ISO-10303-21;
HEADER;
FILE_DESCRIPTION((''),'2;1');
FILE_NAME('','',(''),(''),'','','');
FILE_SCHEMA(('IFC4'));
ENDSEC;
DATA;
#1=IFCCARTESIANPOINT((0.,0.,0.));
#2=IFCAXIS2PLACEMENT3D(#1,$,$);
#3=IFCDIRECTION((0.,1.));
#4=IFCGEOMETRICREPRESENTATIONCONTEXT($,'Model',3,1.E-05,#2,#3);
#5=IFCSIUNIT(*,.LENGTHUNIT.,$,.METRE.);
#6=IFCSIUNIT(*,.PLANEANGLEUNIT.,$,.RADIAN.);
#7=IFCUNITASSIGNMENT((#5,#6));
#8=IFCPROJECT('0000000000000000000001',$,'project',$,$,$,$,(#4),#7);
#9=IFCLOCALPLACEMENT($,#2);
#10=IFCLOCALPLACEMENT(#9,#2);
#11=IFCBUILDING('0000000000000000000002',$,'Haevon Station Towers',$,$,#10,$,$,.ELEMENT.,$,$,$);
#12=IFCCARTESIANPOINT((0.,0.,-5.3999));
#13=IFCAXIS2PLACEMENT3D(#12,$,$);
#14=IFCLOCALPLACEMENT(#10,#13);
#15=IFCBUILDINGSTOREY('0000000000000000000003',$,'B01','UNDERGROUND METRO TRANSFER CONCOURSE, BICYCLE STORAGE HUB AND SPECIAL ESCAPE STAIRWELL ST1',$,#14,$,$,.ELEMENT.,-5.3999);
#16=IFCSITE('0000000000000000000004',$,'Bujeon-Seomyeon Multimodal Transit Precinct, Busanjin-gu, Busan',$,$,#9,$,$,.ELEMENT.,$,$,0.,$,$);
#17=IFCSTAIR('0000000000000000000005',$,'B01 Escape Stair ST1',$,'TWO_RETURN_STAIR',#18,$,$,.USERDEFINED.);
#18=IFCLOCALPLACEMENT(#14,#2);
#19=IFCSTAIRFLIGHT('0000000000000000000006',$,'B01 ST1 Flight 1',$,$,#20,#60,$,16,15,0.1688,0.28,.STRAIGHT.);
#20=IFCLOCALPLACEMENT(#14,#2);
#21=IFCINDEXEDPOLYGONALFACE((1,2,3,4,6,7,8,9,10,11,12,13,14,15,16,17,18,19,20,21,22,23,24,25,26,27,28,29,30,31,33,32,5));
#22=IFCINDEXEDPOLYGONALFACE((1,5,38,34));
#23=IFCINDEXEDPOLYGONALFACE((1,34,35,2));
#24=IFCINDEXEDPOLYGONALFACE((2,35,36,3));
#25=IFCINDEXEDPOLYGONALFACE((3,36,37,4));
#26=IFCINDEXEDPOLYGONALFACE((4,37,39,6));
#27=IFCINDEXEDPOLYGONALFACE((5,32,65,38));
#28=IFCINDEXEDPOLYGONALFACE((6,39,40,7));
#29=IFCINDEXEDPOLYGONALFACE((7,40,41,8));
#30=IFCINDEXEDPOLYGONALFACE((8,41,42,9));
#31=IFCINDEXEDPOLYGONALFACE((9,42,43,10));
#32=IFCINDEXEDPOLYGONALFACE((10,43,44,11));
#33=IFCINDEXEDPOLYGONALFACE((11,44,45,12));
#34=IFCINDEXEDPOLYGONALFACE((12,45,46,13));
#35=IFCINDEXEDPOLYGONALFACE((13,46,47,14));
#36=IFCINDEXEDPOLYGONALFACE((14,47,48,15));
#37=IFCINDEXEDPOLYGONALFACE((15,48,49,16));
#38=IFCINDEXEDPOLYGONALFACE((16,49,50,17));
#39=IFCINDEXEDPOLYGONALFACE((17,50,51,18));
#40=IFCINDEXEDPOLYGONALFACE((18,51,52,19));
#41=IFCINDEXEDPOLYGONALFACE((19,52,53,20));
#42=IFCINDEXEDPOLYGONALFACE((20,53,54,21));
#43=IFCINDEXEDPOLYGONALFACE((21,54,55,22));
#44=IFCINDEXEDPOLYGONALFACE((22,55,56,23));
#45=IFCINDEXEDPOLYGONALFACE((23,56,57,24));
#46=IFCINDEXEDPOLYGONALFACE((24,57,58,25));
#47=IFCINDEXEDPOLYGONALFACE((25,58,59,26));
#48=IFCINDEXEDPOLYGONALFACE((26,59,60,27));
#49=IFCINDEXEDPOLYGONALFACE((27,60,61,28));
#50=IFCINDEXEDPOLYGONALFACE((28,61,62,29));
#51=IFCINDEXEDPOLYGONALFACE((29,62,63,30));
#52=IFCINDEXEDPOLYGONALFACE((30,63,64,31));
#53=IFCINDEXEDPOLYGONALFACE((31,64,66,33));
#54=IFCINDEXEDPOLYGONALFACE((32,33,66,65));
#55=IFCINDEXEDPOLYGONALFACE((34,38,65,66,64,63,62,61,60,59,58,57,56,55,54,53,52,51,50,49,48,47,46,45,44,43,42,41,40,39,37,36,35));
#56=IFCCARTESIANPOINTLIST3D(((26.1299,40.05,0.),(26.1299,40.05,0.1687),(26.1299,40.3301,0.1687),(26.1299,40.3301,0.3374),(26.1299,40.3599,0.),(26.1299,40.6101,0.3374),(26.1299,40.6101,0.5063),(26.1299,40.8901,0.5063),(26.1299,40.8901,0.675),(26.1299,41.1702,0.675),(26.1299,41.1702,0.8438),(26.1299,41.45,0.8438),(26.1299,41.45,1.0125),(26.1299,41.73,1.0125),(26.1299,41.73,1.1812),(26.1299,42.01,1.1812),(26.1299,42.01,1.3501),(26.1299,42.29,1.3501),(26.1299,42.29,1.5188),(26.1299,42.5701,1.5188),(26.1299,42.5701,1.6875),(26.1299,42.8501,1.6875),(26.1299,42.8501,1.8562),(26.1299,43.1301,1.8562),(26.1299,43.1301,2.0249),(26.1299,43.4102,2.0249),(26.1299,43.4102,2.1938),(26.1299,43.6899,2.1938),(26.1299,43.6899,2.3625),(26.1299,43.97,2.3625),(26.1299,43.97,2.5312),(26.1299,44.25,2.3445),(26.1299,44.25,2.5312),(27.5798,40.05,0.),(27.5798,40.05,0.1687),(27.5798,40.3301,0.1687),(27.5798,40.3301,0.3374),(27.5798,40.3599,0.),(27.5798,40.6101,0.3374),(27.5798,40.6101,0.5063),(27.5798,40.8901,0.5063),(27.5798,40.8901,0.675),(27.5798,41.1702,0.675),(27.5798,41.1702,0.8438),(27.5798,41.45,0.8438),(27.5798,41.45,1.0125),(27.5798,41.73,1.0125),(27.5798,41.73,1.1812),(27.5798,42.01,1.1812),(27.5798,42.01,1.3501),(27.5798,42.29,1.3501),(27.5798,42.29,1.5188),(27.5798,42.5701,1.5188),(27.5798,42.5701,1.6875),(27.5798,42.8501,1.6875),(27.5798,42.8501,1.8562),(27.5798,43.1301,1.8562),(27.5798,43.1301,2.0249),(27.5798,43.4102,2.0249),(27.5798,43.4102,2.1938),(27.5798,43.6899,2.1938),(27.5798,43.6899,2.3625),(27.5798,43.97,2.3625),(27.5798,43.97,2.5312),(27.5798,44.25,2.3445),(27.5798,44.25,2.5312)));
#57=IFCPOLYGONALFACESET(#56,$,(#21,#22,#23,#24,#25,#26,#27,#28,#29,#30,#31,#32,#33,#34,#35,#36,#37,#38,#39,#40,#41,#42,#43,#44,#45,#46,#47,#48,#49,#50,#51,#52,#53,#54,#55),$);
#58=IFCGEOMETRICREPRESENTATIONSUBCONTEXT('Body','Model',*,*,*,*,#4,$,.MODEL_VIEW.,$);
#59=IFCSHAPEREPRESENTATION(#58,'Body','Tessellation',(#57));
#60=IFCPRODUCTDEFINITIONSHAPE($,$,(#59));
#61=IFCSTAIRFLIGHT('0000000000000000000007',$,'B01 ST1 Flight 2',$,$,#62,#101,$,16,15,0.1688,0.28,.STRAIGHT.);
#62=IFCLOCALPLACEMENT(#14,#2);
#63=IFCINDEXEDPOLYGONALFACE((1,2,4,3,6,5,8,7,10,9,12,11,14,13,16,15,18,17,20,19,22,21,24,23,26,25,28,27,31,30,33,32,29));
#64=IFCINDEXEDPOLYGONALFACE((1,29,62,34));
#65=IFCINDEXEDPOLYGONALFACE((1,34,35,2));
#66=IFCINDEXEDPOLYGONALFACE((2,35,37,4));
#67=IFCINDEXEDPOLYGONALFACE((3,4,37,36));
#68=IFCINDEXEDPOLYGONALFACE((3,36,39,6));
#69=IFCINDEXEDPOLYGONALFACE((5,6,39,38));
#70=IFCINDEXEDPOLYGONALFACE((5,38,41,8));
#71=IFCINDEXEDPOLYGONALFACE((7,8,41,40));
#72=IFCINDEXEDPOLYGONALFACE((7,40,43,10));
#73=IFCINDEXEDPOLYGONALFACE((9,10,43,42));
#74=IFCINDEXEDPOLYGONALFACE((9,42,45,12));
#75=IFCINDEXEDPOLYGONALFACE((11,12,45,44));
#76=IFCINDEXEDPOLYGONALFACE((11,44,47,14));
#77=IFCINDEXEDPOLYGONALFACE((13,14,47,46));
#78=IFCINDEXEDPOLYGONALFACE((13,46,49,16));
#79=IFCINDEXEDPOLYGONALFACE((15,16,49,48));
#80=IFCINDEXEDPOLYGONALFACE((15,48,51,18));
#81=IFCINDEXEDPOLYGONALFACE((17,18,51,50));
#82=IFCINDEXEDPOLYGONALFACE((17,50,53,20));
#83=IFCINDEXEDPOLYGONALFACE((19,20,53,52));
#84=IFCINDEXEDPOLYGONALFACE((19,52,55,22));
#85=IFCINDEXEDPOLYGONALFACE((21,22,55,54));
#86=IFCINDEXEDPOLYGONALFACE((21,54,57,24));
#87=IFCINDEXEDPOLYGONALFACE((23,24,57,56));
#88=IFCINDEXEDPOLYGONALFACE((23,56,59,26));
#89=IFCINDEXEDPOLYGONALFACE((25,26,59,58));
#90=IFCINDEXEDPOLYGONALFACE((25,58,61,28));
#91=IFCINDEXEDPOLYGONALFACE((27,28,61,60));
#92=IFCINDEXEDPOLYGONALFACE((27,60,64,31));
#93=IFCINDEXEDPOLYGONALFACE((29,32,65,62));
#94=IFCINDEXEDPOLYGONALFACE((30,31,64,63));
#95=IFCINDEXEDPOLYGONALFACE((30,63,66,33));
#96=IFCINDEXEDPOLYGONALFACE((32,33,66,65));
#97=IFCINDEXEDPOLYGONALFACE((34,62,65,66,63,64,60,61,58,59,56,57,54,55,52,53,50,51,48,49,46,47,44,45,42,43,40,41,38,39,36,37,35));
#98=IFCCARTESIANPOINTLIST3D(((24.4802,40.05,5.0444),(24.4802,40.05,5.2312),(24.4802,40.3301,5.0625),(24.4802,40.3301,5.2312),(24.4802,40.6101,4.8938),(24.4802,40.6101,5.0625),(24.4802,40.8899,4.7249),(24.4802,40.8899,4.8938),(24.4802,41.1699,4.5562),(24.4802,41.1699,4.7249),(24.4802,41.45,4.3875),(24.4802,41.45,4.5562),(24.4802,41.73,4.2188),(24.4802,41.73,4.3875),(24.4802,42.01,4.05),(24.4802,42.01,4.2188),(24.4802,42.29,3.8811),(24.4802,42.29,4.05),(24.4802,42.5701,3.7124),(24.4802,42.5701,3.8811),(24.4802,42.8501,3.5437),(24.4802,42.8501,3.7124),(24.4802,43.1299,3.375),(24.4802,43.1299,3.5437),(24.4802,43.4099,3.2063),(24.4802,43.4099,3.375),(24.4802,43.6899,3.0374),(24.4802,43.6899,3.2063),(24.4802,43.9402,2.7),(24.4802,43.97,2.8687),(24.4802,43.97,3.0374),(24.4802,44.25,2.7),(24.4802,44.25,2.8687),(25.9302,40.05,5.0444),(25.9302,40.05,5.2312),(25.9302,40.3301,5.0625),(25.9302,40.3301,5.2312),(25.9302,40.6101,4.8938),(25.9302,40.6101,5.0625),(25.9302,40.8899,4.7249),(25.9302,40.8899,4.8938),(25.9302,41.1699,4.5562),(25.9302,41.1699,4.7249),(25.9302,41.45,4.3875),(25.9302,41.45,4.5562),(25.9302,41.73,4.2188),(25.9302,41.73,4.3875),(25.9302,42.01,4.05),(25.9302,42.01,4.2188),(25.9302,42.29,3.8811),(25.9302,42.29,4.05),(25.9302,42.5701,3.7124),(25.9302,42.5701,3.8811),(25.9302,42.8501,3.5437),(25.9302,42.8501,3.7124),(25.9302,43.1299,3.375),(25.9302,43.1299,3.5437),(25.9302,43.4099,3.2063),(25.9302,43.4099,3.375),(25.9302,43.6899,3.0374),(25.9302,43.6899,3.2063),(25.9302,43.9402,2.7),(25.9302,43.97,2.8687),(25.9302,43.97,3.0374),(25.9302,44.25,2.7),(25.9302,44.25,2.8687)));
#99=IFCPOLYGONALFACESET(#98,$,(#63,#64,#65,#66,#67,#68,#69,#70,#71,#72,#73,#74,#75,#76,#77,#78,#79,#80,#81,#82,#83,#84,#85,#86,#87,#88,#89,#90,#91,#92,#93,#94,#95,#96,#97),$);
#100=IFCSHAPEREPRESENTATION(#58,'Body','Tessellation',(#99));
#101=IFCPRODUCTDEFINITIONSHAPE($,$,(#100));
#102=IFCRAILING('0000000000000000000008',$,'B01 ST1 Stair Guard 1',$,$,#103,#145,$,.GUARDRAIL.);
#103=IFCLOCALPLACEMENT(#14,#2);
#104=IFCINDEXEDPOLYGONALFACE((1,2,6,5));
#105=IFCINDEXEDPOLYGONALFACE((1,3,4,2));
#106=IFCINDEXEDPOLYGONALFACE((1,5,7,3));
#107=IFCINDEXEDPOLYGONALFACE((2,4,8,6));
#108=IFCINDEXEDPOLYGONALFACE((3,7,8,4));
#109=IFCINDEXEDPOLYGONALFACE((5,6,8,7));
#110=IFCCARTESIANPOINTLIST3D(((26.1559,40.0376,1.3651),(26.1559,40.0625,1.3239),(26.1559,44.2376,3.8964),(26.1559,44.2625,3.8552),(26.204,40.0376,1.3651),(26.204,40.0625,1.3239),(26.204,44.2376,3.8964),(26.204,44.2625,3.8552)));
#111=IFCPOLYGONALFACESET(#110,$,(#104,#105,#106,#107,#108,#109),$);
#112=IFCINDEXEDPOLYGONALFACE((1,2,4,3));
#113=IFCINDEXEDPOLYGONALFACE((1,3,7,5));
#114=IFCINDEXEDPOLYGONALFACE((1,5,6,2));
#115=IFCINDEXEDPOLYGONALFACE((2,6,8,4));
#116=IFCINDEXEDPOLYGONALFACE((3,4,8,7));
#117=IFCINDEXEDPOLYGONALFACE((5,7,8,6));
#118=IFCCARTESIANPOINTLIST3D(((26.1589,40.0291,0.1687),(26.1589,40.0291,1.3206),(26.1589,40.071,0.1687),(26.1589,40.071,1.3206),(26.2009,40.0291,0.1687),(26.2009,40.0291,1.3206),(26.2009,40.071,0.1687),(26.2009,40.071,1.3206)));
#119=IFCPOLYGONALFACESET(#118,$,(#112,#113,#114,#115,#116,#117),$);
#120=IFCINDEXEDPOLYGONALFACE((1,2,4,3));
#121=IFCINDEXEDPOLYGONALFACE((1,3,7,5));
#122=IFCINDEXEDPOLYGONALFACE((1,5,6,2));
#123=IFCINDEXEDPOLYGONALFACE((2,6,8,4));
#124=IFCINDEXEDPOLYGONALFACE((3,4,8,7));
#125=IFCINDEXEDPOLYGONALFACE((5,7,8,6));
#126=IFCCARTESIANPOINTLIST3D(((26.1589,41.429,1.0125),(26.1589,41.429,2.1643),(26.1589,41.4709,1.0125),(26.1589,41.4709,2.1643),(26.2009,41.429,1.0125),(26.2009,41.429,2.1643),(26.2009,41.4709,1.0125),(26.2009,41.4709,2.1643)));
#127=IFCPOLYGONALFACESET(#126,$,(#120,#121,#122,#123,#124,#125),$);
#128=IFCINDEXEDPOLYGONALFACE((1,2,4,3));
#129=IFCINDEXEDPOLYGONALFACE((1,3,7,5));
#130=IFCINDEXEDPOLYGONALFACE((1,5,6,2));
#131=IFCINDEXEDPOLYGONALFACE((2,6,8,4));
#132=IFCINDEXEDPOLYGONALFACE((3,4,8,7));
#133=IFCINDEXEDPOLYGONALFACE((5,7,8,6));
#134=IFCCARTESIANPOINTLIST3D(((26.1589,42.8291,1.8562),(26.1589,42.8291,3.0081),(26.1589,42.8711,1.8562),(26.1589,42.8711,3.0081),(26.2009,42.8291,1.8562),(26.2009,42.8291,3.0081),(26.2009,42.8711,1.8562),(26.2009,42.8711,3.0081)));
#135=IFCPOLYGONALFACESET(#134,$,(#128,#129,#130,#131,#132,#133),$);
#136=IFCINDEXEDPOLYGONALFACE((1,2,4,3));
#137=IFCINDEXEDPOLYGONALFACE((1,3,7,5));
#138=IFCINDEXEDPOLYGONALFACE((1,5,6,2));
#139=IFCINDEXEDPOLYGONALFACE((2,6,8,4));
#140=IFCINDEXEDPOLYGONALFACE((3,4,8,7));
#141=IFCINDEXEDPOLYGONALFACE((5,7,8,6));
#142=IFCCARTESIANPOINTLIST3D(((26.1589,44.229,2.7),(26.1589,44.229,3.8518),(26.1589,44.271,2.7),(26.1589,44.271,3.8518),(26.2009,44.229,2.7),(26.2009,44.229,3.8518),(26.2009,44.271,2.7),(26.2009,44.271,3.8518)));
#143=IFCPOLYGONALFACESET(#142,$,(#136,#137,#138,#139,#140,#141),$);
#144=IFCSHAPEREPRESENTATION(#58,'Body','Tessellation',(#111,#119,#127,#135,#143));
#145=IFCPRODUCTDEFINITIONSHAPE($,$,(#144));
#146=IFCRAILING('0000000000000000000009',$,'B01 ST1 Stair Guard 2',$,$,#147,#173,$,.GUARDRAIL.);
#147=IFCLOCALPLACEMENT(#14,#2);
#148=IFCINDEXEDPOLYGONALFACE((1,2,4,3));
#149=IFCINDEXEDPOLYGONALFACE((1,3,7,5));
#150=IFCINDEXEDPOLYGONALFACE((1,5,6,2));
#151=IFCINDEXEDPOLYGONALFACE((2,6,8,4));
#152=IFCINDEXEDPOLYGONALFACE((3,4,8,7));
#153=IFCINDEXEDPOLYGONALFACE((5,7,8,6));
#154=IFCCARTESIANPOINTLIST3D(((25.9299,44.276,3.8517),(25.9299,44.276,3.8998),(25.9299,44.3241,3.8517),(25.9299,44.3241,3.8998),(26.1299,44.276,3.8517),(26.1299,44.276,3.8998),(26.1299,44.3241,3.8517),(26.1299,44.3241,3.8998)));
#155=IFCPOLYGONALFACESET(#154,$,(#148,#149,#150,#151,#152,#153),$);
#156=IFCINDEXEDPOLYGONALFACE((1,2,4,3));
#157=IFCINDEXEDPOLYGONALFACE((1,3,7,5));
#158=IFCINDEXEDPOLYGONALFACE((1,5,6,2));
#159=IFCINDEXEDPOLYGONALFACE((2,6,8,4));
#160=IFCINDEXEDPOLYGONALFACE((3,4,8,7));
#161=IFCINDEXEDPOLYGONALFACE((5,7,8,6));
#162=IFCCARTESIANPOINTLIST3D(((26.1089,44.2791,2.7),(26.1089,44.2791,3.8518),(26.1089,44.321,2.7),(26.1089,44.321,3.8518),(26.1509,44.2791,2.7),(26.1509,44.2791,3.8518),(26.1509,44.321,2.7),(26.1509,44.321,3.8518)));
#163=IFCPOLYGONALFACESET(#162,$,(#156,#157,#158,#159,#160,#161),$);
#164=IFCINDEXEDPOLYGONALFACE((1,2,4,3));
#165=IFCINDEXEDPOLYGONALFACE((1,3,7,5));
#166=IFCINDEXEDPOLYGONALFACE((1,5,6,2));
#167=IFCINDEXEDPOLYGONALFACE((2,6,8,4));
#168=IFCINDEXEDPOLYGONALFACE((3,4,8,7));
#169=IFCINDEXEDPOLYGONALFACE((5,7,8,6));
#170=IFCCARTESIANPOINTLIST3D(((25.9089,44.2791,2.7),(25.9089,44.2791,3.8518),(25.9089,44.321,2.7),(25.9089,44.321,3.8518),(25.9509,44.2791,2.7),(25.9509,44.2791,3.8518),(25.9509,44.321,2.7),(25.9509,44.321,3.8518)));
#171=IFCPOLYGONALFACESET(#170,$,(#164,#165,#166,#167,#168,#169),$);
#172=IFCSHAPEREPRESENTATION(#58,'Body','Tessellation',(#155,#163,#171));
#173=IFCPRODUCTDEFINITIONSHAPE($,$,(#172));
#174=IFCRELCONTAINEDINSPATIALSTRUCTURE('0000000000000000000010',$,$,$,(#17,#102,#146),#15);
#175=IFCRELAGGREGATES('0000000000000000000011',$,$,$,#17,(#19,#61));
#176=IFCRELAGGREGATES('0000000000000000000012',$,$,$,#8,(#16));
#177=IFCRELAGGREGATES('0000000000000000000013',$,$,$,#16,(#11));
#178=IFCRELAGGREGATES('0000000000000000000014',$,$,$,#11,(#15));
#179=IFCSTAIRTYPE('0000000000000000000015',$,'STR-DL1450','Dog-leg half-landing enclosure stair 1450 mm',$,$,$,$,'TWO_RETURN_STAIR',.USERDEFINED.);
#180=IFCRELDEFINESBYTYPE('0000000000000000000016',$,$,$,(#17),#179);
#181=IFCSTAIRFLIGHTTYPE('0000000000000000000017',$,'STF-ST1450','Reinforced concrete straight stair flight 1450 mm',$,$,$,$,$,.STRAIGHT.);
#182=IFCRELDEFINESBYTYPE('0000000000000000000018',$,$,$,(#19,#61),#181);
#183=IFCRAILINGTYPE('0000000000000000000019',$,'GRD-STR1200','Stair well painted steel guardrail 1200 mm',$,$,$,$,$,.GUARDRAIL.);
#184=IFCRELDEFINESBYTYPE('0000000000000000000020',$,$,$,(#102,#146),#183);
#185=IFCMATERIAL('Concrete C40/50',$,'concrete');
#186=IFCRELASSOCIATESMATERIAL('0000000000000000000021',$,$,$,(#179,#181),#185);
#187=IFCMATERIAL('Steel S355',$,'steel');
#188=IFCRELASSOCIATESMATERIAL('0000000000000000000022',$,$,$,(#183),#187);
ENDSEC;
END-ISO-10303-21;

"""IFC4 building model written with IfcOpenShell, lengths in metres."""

from ifc_helpers import new_model, si_unit, direction, frame, origin, origin_2d, place, context, subcontext, project, spatial, polyline, rectangle, outline, extrude, material, type_object, element, aggregate, save


model = new_model("IFC4")

# Units and contexts
model_context = context("Model", 3, precision=1e-05, world=origin(), true_north=direction((0.0, 1.0)))
body_context = subcontext(model_context, "Body", "Model", "MODEL_VIEW")
ifc_project = project(units=[si_unit("LENGTHUNIT", "METRE"), si_unit("PLANEANGLEUNIT", "RADIAN")], contexts=[model_context])

# Site, building, storey
site_placement = place(None, origin())
site = spatial("IfcSite", under=ifc_project, at=site_placement, Name="Bujeon-Seomyeon Multimodal Transit Precinct, Busanjin-gu, Busan", CompositionType="ELEMENT", RefElevation=0.0)
building_placement = place(site_placement, origin())
building = spatial("IfcBuilding", under=site, at=building_placement, Name="Haevon Station Towers", CompositionType="ELEMENT")
storey_placement = place(building_placement, frame((0.0, 0.0, -5.3999)))
storey = spatial("IfcBuildingStorey", under=building, at=storey_placement, Name="B01", Description="UNDERGROUND METRO TRANSFER CONCOURSE, BICYCLE STORAGE HUB AND SPECIAL ESCAPE STAIRWELL ST1", CompositionType="ELEMENT", Elevation=-5.3999)

# Shared definitions
ifc_material_1 = material(Name="Steel S355", Category="steel")

# Stair, stair flights
ifc_material_2 = material(Name="Concrete C40/50", Category="concrete")
stair_type = type_object("IfcStairType", Name="STR-DL1450", Description="Dog-leg half-landing enclosure stair 1450 mm", ElementType="TWO_RETURN_STAIR", PredefinedType="USERDEFINED", material=ifc_material_2)
stair_placement = place(storey_placement, origin())
stair = element("IfcStair", 1, at=stair_placement, inside=storey, type_object=stair_type, Name="B01 Escape Stair ST1", ObjectType="TWO_RETURN_STAIR", PredefinedType="USERDEFINED")
stair_flight_type = type_object("IfcStairFlightType", Name="STF-ST1450", Description="Reinforced concrete straight stair flight 1450 mm", PredefinedType="STRAIGHT", material=ifc_material_2)
stair_flight_1_placement = place(storey_placement, frame((26.855, 40.05, 0.0), z_axis=(0.0, 0.0, 1.0), x_axis=(0.0, 1.0, 0.0)))
stair_flight_1 = element("IfcStairFlight", 2, at=stair_flight_1_placement, type_object=stair_flight_type, Name="B01 ST1 Flight 1", NumberOfRisers=16, NumberOfTreads=15, PredefinedType="STRAIGHT", RiserHeight=0.1688, TreadLength=0.28, context=body_context, shape_type="SweptSolid", body=[
    extrude(outline(polyline([(0.0, 0.0), (0.0, 0.1687), (0.28, 0.1687), (0.28, 0.3374), (0.5601, 0.3374), (0.5601, 0.5063), (0.8401, 0.5063), (0.8401, 0.675), (1.1201, 0.675), (1.1201, 0.8438), (1.3999, 0.8438), (1.3999, 1.0125), (1.6799, 1.0125), (1.6799, 1.1812), (1.96, 1.1812), (1.96, 1.3501), (2.24, 1.3501), (2.24, 1.5188), (2.52, 1.5188), (2.52, 1.6875), (2.8, 1.6875), (2.8, 1.8562), (3.0801, 1.8562), (3.0801, 2.0249), (3.3601, 2.0249), (3.3601, 2.1938), (3.6399, 2.1938), (3.6399, 2.3625), (3.9199, 2.3625), (3.9199, 2.5312), (4.2, 2.5312), (4.2, 2.7), (4.2, 2.3445), (0.3098, 0.0), (0.0, 0.0)])), frame((0.0, 0.7251, 0.0), z_axis=(0.0, -1.0, 0.0), x_axis=(1.0, 0.0, 0.0)), (0.0, 0.0, 1.0), 1.45),
])
stair_flight_2_placement = place(storey_placement, frame((25.2051, 44.25, 2.7), z_axis=(0.0, 0.0, 1.0), x_axis=(0.0, -1.0, 0.0)))
stair_flight_2 = element("IfcStairFlight", 3, at=stair_flight_2_placement, type_object=stair_flight_type, Name="B01 ST1 Flight 2", NumberOfRisers=16, NumberOfTreads=15, PredefinedType="STRAIGHT", RiserHeight=0.1688, TreadLength=0.28, context=body_context, shape_type="SweptSolid", body=[
    extrude(outline(polyline([(0.0, 0.0), (0.0, 0.1687), (0.28, 0.1687), (0.28, 0.3374), (0.5601, 0.3374), (0.5601, 0.5063), (0.8401, 0.5063), (0.8401, 0.675), (1.1201, 0.675), (1.1201, 0.8438), (1.3999, 0.8438), (1.3999, 1.0125), (1.6799, 1.0125), (1.6799, 1.1812), (1.96, 1.1812), (1.96, 1.3501), (2.24, 1.3501), (2.24, 1.5188), (2.52, 1.5188), (2.52, 1.6875), (2.8, 1.6875), (2.8, 1.8562), (3.0801, 1.8562), (3.0801, 2.0249), (3.3601, 2.0249), (3.3601, 2.1938), (3.6399, 2.1938), (3.6399, 2.3625), (3.9199, 2.3625), (3.9199, 2.5312), (4.2, 2.5312), (4.2, 2.7), (4.2, 2.3445), (0.3098, 0.0), (0.0, 0.0)])), frame((0.0, 0.7251, 0.0), z_axis=(0.0, -1.0, 0.0), x_axis=(1.0, 0.0, 0.0)), (0.0, 0.0, 1.0), 1.45),
])
aggregate(stair, [stair_flight_1, stair_flight_2])

# Railings
railing_type_1 = type_object("IfcRailingType", Name="GRD-STR1200", Description="Stair well painted steel guardrail 1200 mm", PredefinedType="GUARDRAIL", material=ifc_material_1)
railing_1_placement = place(storey_placement, frame((26.1799, 40.05, 0.1687)))
element("IfcRailing", 4, at=railing_1_placement, inside=storey, type_object=railing_type_1, Name="B01 ST1 Stair Guard 1", PredefinedType="GUARDRAIL", context=body_context, shape_type="SweptSolid", body=[
    extrude(rectangle(XDim=0.0481, YDim=0.0481, at=origin_2d()), frame((0.0, 0.0, 1.1758), z_axis=(0.0, 0.856476, 0.516186), x_axis=(-1.0, 0.0, 0.0)), (0.0, 0.0, 1.0), 4.9038),
    extrude(rectangle(XDim=0.042, YDim=0.042, at=origin_2d()), origin(), (0.0, 0.0, 1.0), 1.1519),
    extrude(rectangle(XDim=0.042, YDim=0.042, at=origin_2d()), frame((0.0, 1.3999, 0.8438)), (0.0, 0.0, 1.0), 1.1519),
    extrude(rectangle(XDim=0.042, YDim=0.042, at=origin_2d()), frame((0.0, 2.8, 1.6875)), (0.0, 0.0, 1.0), 1.1519),
    extrude(rectangle(XDim=0.042, YDim=0.042, at=origin_2d()), frame((0.0, 4.2, 2.5312)), (0.0, 0.0, 1.0), 1.1519),
])
railing_2_placement = place(storey_placement, frame((26.1299, 44.3, 2.7)))
element("IfcRailing", 5, at=railing_2_placement, inside=storey, type_object=railing_type_1, Name="B01 ST1 Stair Guard 2", PredefinedType="GUARDRAIL", context=body_context, shape_type="SweptSolid", body=[
    extrude(rectangle(XDim=0.0481, YDim=0.0481, at=origin_2d()), frame((0.0, 0.0, 1.1758), z_axis=(-1.0, 0.0, 0.0), x_axis=(0.0, -1.0, 0.0)), (0.0, 0.0, 1.0), 0.2),
    extrude(rectangle(XDim=0.042, YDim=0.042, at=origin_2d()), origin(), (0.0, 0.0, 1.0), 1.1519),
    extrude(rectangle(XDim=0.042, YDim=0.042, at=origin_2d()), frame((-0.2, 0.0, 0.0)), (0.0, 0.0, 1.0), 1.1519),
])

save(model, "model.ifc")
